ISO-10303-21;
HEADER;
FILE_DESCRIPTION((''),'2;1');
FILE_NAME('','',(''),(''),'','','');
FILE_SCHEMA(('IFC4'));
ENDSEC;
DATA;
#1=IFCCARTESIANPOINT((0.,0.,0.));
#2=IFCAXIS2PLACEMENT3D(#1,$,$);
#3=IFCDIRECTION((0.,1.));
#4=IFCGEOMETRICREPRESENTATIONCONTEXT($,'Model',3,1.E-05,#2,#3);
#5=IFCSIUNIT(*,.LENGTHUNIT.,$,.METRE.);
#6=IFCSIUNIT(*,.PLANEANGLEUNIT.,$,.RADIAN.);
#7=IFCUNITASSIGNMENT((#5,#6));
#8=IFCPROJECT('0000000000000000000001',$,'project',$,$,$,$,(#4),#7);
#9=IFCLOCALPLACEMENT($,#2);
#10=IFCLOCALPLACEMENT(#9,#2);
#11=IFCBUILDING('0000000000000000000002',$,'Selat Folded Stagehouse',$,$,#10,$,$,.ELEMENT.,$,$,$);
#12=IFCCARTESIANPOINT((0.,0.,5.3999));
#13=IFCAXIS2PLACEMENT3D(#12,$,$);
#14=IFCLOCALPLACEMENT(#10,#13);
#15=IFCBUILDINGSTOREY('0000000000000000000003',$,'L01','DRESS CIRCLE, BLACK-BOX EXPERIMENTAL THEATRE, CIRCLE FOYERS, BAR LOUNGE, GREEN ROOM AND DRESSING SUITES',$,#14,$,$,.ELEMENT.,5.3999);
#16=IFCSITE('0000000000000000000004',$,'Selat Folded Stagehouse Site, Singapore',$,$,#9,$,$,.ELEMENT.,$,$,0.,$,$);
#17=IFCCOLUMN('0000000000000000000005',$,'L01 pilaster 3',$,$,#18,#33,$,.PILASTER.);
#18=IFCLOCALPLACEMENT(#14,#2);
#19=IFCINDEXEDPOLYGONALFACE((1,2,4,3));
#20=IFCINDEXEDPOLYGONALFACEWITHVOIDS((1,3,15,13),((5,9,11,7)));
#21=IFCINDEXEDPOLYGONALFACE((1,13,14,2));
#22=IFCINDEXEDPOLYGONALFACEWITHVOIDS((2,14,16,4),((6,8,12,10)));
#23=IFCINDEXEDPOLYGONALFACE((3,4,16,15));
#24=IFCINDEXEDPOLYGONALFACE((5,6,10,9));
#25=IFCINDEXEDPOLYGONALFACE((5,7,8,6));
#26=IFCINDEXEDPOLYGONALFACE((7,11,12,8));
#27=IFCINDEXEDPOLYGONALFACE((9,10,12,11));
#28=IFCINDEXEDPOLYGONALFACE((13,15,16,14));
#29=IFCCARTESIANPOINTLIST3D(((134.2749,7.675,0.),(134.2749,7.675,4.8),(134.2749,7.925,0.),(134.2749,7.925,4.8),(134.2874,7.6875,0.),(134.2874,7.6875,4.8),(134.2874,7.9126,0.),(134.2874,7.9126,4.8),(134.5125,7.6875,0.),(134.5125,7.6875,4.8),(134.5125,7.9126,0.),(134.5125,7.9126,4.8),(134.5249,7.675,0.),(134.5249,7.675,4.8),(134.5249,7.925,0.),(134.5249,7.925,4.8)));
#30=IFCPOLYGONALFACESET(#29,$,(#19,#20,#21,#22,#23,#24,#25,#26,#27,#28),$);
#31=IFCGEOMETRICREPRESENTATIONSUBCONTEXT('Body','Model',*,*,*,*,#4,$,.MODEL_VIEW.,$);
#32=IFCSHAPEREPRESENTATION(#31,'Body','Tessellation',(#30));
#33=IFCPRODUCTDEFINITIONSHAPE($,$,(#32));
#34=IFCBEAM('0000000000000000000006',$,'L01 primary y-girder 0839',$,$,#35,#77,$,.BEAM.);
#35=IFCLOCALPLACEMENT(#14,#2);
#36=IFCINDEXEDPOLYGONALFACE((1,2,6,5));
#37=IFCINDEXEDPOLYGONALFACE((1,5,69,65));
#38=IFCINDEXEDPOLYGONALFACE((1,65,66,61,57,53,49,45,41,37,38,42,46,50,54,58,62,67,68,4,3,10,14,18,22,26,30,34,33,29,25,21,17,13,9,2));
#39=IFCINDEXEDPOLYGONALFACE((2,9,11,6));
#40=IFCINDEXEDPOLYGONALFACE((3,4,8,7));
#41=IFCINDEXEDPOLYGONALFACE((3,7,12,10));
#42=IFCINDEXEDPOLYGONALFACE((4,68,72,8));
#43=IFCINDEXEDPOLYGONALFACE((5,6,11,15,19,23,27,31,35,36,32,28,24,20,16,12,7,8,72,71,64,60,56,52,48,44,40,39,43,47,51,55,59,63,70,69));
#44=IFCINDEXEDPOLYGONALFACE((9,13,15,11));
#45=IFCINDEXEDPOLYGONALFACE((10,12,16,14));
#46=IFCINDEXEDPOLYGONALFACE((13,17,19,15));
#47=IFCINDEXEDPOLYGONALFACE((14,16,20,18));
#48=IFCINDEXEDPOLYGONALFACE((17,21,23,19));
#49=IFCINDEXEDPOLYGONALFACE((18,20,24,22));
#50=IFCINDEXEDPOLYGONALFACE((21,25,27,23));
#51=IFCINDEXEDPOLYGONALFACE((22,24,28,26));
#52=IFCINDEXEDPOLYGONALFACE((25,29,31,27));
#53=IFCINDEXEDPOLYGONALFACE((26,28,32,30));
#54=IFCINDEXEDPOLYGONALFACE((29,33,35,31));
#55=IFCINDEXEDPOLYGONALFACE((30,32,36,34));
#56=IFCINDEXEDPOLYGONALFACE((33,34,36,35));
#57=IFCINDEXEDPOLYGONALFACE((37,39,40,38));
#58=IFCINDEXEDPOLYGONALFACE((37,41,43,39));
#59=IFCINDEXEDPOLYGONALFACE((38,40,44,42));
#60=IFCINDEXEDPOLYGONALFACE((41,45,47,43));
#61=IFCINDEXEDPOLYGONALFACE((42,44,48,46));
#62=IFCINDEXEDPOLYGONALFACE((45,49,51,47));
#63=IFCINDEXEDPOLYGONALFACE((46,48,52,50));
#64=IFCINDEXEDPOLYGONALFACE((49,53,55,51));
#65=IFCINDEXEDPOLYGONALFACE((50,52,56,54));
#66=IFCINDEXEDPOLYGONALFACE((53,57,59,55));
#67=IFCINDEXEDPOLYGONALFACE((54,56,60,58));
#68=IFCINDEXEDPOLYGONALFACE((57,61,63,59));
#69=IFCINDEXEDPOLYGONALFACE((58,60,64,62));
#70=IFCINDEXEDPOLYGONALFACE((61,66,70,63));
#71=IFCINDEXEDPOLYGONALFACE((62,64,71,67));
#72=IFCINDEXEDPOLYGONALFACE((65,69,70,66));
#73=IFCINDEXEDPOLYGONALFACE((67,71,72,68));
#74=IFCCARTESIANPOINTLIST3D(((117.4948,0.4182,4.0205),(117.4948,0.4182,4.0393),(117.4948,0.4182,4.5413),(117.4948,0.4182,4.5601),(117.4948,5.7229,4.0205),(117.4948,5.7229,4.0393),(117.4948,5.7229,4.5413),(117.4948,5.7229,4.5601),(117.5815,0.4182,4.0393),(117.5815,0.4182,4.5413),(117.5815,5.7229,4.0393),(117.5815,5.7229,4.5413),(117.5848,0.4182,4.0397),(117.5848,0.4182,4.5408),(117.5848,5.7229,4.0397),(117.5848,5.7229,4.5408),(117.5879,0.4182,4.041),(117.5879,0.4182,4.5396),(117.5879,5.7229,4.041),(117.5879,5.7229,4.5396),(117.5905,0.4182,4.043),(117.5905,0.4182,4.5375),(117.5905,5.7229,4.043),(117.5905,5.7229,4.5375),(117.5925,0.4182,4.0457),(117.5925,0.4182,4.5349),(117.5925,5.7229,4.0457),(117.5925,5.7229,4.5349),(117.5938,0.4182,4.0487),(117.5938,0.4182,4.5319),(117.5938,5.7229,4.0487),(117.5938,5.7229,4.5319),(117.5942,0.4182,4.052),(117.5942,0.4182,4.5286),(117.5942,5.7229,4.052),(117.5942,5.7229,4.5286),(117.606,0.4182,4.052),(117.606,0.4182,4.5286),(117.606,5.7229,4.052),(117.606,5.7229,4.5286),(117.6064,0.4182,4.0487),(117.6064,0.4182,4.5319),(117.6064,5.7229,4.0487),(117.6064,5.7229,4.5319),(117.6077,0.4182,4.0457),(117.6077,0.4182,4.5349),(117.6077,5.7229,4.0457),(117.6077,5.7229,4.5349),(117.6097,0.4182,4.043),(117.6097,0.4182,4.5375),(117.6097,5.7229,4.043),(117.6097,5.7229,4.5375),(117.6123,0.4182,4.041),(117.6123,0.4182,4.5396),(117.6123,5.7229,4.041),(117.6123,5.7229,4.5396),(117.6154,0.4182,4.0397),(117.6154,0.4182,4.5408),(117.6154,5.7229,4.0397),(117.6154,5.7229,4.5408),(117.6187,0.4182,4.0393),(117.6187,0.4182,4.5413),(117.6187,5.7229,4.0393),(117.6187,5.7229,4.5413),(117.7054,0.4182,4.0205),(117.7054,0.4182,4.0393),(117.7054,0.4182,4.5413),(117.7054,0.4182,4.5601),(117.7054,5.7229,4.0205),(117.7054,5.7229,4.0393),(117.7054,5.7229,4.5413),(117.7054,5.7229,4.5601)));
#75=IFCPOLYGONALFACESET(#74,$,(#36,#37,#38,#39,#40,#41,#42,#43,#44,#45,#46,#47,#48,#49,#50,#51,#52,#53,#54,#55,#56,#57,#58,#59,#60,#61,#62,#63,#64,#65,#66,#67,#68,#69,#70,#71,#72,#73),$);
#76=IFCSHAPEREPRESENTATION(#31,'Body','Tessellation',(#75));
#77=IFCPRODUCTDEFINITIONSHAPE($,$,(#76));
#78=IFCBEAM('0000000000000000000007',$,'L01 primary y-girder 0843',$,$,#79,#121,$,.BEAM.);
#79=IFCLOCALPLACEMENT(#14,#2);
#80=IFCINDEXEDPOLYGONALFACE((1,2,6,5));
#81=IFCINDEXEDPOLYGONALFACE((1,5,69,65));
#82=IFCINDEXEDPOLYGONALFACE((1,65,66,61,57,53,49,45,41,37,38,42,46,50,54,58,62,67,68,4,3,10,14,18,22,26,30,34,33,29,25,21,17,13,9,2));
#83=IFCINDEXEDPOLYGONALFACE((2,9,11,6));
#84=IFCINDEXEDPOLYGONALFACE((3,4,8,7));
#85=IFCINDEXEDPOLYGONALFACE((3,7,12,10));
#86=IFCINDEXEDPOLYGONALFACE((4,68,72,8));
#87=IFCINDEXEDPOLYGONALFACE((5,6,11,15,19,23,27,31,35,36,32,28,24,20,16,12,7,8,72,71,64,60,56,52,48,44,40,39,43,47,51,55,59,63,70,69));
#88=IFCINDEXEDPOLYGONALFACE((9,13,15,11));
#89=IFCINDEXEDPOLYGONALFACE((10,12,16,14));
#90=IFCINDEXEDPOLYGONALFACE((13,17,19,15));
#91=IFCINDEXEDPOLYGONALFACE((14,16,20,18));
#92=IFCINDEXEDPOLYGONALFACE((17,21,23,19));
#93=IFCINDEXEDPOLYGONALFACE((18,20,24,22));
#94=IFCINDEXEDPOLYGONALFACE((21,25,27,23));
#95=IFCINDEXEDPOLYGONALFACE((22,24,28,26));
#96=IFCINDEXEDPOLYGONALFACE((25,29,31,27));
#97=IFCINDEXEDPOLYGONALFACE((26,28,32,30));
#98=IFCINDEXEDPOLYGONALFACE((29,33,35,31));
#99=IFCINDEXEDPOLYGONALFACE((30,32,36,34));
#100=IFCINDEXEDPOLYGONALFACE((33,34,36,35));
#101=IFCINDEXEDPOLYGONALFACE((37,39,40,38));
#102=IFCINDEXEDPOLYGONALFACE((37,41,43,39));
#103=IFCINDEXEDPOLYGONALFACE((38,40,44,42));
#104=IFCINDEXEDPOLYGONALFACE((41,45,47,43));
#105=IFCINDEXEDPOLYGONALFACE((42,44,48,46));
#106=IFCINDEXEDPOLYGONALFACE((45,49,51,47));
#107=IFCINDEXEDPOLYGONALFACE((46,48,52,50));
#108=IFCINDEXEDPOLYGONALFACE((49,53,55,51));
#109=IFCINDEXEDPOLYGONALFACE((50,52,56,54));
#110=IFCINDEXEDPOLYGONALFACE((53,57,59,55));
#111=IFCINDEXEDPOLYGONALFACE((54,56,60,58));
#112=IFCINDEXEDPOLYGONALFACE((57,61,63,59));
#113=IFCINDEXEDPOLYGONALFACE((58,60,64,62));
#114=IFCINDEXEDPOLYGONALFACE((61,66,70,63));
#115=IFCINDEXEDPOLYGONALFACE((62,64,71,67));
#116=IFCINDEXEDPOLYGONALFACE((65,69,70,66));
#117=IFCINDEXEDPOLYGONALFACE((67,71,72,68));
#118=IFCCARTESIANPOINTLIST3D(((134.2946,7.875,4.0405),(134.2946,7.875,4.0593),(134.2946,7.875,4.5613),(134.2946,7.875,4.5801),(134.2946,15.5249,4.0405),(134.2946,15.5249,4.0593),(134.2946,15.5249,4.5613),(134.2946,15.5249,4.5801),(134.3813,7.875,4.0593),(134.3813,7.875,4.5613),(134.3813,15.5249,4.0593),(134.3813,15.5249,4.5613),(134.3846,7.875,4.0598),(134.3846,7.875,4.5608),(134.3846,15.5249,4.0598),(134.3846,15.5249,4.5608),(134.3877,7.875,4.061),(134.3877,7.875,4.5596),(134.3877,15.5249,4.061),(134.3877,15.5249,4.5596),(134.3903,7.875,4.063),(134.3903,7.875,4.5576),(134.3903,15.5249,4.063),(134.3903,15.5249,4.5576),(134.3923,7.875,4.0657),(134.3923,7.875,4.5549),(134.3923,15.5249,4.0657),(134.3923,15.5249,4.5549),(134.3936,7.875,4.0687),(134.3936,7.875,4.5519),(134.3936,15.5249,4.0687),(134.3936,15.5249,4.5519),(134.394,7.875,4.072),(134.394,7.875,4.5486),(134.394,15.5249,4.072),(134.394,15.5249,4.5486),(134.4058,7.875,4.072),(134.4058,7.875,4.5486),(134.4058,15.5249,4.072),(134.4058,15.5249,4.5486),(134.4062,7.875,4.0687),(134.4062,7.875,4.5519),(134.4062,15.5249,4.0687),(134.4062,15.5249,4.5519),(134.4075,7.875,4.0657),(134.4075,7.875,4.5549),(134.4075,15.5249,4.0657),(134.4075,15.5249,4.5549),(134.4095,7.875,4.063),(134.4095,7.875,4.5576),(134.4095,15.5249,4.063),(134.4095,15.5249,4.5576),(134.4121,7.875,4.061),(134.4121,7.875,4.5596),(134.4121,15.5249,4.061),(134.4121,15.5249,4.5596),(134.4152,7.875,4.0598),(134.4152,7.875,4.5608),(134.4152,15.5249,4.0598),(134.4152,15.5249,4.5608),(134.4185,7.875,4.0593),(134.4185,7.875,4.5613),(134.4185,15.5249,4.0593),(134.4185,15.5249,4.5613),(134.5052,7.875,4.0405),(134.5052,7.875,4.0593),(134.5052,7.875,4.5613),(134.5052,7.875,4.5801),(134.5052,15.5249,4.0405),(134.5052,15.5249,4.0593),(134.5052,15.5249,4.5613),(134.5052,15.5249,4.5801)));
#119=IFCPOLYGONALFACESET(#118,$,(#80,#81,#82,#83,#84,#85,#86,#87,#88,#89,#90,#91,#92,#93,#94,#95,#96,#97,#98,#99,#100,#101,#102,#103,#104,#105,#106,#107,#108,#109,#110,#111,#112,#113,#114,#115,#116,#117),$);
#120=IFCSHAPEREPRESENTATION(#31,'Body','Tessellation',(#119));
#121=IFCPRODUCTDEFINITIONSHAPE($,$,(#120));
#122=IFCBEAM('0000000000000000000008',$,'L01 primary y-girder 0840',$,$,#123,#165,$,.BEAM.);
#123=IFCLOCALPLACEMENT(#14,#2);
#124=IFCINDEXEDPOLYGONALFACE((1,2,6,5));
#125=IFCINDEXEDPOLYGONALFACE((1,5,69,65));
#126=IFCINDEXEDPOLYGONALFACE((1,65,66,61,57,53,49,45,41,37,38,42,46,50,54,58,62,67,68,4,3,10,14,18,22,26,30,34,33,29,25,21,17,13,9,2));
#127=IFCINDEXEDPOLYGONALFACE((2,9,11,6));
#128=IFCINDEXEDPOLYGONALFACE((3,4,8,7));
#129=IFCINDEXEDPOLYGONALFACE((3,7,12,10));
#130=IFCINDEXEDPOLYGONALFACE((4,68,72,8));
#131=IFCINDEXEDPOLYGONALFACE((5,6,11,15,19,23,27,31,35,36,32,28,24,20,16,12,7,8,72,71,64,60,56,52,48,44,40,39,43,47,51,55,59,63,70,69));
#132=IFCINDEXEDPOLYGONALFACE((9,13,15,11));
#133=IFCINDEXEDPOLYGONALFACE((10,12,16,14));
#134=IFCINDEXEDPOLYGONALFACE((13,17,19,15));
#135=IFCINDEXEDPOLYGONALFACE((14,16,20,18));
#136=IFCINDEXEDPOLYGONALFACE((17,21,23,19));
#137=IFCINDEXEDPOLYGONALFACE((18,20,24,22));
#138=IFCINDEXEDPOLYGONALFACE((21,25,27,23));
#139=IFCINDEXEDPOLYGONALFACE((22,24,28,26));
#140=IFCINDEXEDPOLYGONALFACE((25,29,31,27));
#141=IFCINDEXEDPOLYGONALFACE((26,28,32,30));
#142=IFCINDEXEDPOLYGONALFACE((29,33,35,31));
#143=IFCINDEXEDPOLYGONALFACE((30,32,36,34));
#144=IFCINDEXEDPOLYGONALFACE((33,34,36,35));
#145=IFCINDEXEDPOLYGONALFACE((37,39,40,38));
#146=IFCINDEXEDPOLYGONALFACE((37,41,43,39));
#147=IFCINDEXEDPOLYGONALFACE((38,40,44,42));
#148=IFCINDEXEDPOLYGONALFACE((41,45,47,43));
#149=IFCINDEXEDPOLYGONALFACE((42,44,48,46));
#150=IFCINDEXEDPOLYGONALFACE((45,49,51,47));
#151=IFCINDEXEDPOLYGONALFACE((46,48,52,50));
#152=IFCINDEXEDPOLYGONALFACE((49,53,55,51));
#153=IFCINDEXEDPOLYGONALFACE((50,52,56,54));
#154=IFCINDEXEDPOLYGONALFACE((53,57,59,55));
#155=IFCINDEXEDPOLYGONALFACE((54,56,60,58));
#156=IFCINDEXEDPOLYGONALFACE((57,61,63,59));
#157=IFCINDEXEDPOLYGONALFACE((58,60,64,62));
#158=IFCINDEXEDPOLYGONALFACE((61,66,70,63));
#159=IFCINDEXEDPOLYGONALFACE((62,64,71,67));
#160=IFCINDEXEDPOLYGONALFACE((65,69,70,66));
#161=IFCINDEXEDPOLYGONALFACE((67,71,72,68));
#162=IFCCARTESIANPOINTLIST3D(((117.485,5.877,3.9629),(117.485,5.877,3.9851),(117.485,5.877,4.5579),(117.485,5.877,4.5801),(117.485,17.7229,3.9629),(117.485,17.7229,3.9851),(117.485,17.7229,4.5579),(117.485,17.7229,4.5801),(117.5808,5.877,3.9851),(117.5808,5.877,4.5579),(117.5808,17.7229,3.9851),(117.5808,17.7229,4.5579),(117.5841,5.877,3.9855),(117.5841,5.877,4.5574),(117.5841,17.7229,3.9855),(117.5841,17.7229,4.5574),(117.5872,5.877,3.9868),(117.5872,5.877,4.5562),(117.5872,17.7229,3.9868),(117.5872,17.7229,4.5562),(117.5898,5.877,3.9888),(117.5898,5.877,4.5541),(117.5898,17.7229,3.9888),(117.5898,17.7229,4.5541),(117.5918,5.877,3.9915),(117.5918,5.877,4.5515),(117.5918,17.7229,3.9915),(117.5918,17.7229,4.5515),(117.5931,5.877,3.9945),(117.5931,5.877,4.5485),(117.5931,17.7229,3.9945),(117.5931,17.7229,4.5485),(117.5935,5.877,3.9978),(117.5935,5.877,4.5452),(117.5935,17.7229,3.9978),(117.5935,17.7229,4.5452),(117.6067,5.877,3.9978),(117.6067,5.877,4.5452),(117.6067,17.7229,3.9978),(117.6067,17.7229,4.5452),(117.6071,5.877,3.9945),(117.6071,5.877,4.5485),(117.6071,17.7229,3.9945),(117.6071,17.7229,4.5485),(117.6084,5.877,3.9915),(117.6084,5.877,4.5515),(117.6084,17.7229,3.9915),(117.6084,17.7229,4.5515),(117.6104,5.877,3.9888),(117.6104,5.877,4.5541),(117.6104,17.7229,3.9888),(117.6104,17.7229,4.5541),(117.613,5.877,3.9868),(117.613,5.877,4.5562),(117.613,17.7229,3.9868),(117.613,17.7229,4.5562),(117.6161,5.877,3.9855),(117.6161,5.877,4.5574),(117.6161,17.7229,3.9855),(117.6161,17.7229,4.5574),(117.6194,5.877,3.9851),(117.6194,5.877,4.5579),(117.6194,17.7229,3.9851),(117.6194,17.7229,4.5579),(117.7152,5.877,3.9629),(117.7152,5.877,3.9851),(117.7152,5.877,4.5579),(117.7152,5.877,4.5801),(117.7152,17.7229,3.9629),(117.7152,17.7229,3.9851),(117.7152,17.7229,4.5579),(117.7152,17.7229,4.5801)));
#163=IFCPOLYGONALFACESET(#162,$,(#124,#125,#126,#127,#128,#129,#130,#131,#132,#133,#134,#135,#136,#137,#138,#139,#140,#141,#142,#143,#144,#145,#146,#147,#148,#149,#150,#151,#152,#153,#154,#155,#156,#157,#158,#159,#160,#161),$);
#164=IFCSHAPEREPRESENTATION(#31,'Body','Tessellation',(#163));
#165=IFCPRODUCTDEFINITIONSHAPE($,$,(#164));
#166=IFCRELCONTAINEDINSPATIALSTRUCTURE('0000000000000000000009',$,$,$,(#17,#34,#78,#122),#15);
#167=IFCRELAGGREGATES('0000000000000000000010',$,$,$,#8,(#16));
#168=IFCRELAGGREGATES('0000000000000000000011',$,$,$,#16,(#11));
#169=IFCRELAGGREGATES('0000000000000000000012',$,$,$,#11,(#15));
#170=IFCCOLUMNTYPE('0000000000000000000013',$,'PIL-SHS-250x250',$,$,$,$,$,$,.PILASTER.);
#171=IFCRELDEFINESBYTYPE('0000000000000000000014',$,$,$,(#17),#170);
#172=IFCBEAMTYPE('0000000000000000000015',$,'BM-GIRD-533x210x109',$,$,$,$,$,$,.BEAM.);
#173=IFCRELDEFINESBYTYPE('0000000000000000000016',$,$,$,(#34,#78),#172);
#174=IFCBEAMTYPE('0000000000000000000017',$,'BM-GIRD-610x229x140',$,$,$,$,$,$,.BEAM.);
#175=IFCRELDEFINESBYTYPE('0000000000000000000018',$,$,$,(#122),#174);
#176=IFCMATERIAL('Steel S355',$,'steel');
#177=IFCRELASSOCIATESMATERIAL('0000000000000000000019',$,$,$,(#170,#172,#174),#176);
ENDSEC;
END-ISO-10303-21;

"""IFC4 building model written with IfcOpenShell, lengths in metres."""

from ifc_helpers import new_model, si_unit, direction, frame, origin, origin_2d, place, context, subcontext, project, spatial, hollow_rectangle, i_section, extrude, material, material_profile, profile_set, type_object, element, save


model = new_model("IFC4")

# Units and contexts
model_context = context("Model", 3, precision=1e-05, world=origin(), true_north=direction((0.0, 1.0)))
body_context = subcontext(model_context, "Body", "Model", "MODEL_VIEW")
ifc_project = project(units=[si_unit("LENGTHUNIT", "METRE"), si_unit("PLANEANGLEUNIT", "RADIAN")], contexts=[model_context])

# Site, building, storey
site_placement = place(None, origin())
site = spatial("IfcSite", under=ifc_project, at=site_placement, Name="Selat Folded Stagehouse Site, Singapore", CompositionType="ELEMENT", RefElevation=0.0)
building_placement = place(site_placement, origin())
building = spatial("IfcBuilding", under=site, at=building_placement, Name="Selat Folded Stagehouse", CompositionType="ELEMENT")
storey_placement = place(building_placement, frame((0.0, 0.0, 5.3999)))
storey = spatial("IfcBuildingStorey", under=building, at=storey_placement, Name="L01", Description="DRESS CIRCLE, BLACK-BOX EXPERIMENTAL THEATRE, CIRCLE FOYERS, BAR LOUNGE, GREEN ROOM AND DRESSING SUITES", CompositionType="ELEMENT", Elevation=5.3999)

# Column
ifc_material_1 = material(Name="Steel S355", Category="steel")
ifc_material_profile_1 = material_profile(ifc_material_1, hollow_rectangle(XDim=0.25, YDim=0.25, WallThickness=0.0125, at=origin_2d()), Name="SHS 250x250x12.5")
ifc_profile_set_1 = profile_set([ifc_material_profile_1], Name="Steel S355")
column_type_1 = type_object("IfcColumnType", Name="PIL-SHS-250x250", PredefinedType="PILASTER", material=ifc_profile_set_1)
column_1_placement = place(storey_placement, frame((134.3999, 7.8, 0.0), z_axis=(0.0, 0.0, 1.0), x_axis=(1.0, 0.0, 0.0)))
element("IfcColumn", 1, at=column_1_placement, inside=storey, type_object=column_type_1, Name="L01 pilaster 3", PredefinedType="PILASTER", context=body_context, shape_type="SweptSolid", body=[
    extrude(hollow_rectangle(XDim=0.25, YDim=0.25, WallThickness=0.0125, at=origin_2d()), origin(), (0.0, 0.0, 1.0), 4.8),
])

# Beams
ifc_material_profile_2 = material_profile(ifc_material_1, i_section(OverallWidth=0.2107, OverallDepth=0.5396, WebThickness=0.0117, FlangeThickness=0.0188, FilletRadius=0.0127, at=origin_2d()), Name="UKB 533x210x109")
ifc_profile_set_2 = profile_set([ifc_material_profile_2], Name="Steel S355")
beam_type_1 = type_object("IfcBeamType", Name="BM-GIRD-533x210x109", PredefinedType="BEAM", material=ifc_profile_set_2)
beam_1_placement = place(storey_placement, frame((117.6001, 0.4182, 4.2903), z_axis=(0.0, 1.0, 0.0), x_axis=(-1.0, 0.0, 0.0)))
element("IfcBeam", 2, at=beam_1_placement, inside=storey, type_object=beam_type_1, Name="L01 primary y-girder 0839", PredefinedType="BEAM", context=body_context, shape_type="SweptSolid", body=[
    extrude(i_section(OverallWidth=0.2107, OverallDepth=0.5396, WebThickness=0.0117, FlangeThickness=0.0188, FilletRadius=0.0127, at=origin_2d()), origin(), (0.0, 0.0, 1.0), 5.3047),
])
beam_2_placement = place(storey_placement, frame((134.3999, 7.875, 4.3103), z_axis=(0.0, 1.0, 0.0), x_axis=(-1.0, 0.0, 0.0)))
element("IfcBeam", 3, at=beam_2_placement, inside=storey, type_object=beam_type_1, Name="L01 primary y-girder 0843", PredefinedType="BEAM", context=body_context, shape_type="SweptSolid", body=[
    extrude(i_section(OverallWidth=0.2107, OverallDepth=0.5396, WebThickness=0.0117, FlangeThickness=0.0188, FilletRadius=0.0127, at=origin_2d()), origin(), (0.0, 0.0, 1.0), 7.6499),
])
ifc_material_profile_3 = material_profile(ifc_material_1, i_section(OverallWidth=0.2302, OverallDepth=0.6172, WebThickness=0.0132, FlangeThickness=0.0222, FilletRadius=0.0127, at=origin_2d()), Name="UKB 610x229x140")
ifc_profile_set_3 = profile_set([ifc_material_profile_3], Name="Steel S355")
beam_type_2 = type_object("IfcBeamType", Name="BM-GIRD-610x229x140", PredefinedType="BEAM", material=ifc_profile_set_3)
beam_3_placement = place(storey_placement, frame((117.6001, 5.877, 4.2715), z_axis=(0.0, 1.0, 0.0), x_axis=(-1.0, 0.0, 0.0)))
element("IfcBeam", 4, at=beam_3_placement, inside=storey, type_object=beam_type_2, Name="L01 primary y-girder 0840", PredefinedType="BEAM", context=body_context, shape_type="SweptSolid", body=[
    extrude(i_section(OverallWidth=0.2302, OverallDepth=0.6172, WebThickness=0.0132, FlangeThickness=0.0222, FilletRadius=0.0127, at=origin_2d()), origin(), (0.0, 0.0, 1.0), 11.8459),
])

save(model, "model.ifc")
